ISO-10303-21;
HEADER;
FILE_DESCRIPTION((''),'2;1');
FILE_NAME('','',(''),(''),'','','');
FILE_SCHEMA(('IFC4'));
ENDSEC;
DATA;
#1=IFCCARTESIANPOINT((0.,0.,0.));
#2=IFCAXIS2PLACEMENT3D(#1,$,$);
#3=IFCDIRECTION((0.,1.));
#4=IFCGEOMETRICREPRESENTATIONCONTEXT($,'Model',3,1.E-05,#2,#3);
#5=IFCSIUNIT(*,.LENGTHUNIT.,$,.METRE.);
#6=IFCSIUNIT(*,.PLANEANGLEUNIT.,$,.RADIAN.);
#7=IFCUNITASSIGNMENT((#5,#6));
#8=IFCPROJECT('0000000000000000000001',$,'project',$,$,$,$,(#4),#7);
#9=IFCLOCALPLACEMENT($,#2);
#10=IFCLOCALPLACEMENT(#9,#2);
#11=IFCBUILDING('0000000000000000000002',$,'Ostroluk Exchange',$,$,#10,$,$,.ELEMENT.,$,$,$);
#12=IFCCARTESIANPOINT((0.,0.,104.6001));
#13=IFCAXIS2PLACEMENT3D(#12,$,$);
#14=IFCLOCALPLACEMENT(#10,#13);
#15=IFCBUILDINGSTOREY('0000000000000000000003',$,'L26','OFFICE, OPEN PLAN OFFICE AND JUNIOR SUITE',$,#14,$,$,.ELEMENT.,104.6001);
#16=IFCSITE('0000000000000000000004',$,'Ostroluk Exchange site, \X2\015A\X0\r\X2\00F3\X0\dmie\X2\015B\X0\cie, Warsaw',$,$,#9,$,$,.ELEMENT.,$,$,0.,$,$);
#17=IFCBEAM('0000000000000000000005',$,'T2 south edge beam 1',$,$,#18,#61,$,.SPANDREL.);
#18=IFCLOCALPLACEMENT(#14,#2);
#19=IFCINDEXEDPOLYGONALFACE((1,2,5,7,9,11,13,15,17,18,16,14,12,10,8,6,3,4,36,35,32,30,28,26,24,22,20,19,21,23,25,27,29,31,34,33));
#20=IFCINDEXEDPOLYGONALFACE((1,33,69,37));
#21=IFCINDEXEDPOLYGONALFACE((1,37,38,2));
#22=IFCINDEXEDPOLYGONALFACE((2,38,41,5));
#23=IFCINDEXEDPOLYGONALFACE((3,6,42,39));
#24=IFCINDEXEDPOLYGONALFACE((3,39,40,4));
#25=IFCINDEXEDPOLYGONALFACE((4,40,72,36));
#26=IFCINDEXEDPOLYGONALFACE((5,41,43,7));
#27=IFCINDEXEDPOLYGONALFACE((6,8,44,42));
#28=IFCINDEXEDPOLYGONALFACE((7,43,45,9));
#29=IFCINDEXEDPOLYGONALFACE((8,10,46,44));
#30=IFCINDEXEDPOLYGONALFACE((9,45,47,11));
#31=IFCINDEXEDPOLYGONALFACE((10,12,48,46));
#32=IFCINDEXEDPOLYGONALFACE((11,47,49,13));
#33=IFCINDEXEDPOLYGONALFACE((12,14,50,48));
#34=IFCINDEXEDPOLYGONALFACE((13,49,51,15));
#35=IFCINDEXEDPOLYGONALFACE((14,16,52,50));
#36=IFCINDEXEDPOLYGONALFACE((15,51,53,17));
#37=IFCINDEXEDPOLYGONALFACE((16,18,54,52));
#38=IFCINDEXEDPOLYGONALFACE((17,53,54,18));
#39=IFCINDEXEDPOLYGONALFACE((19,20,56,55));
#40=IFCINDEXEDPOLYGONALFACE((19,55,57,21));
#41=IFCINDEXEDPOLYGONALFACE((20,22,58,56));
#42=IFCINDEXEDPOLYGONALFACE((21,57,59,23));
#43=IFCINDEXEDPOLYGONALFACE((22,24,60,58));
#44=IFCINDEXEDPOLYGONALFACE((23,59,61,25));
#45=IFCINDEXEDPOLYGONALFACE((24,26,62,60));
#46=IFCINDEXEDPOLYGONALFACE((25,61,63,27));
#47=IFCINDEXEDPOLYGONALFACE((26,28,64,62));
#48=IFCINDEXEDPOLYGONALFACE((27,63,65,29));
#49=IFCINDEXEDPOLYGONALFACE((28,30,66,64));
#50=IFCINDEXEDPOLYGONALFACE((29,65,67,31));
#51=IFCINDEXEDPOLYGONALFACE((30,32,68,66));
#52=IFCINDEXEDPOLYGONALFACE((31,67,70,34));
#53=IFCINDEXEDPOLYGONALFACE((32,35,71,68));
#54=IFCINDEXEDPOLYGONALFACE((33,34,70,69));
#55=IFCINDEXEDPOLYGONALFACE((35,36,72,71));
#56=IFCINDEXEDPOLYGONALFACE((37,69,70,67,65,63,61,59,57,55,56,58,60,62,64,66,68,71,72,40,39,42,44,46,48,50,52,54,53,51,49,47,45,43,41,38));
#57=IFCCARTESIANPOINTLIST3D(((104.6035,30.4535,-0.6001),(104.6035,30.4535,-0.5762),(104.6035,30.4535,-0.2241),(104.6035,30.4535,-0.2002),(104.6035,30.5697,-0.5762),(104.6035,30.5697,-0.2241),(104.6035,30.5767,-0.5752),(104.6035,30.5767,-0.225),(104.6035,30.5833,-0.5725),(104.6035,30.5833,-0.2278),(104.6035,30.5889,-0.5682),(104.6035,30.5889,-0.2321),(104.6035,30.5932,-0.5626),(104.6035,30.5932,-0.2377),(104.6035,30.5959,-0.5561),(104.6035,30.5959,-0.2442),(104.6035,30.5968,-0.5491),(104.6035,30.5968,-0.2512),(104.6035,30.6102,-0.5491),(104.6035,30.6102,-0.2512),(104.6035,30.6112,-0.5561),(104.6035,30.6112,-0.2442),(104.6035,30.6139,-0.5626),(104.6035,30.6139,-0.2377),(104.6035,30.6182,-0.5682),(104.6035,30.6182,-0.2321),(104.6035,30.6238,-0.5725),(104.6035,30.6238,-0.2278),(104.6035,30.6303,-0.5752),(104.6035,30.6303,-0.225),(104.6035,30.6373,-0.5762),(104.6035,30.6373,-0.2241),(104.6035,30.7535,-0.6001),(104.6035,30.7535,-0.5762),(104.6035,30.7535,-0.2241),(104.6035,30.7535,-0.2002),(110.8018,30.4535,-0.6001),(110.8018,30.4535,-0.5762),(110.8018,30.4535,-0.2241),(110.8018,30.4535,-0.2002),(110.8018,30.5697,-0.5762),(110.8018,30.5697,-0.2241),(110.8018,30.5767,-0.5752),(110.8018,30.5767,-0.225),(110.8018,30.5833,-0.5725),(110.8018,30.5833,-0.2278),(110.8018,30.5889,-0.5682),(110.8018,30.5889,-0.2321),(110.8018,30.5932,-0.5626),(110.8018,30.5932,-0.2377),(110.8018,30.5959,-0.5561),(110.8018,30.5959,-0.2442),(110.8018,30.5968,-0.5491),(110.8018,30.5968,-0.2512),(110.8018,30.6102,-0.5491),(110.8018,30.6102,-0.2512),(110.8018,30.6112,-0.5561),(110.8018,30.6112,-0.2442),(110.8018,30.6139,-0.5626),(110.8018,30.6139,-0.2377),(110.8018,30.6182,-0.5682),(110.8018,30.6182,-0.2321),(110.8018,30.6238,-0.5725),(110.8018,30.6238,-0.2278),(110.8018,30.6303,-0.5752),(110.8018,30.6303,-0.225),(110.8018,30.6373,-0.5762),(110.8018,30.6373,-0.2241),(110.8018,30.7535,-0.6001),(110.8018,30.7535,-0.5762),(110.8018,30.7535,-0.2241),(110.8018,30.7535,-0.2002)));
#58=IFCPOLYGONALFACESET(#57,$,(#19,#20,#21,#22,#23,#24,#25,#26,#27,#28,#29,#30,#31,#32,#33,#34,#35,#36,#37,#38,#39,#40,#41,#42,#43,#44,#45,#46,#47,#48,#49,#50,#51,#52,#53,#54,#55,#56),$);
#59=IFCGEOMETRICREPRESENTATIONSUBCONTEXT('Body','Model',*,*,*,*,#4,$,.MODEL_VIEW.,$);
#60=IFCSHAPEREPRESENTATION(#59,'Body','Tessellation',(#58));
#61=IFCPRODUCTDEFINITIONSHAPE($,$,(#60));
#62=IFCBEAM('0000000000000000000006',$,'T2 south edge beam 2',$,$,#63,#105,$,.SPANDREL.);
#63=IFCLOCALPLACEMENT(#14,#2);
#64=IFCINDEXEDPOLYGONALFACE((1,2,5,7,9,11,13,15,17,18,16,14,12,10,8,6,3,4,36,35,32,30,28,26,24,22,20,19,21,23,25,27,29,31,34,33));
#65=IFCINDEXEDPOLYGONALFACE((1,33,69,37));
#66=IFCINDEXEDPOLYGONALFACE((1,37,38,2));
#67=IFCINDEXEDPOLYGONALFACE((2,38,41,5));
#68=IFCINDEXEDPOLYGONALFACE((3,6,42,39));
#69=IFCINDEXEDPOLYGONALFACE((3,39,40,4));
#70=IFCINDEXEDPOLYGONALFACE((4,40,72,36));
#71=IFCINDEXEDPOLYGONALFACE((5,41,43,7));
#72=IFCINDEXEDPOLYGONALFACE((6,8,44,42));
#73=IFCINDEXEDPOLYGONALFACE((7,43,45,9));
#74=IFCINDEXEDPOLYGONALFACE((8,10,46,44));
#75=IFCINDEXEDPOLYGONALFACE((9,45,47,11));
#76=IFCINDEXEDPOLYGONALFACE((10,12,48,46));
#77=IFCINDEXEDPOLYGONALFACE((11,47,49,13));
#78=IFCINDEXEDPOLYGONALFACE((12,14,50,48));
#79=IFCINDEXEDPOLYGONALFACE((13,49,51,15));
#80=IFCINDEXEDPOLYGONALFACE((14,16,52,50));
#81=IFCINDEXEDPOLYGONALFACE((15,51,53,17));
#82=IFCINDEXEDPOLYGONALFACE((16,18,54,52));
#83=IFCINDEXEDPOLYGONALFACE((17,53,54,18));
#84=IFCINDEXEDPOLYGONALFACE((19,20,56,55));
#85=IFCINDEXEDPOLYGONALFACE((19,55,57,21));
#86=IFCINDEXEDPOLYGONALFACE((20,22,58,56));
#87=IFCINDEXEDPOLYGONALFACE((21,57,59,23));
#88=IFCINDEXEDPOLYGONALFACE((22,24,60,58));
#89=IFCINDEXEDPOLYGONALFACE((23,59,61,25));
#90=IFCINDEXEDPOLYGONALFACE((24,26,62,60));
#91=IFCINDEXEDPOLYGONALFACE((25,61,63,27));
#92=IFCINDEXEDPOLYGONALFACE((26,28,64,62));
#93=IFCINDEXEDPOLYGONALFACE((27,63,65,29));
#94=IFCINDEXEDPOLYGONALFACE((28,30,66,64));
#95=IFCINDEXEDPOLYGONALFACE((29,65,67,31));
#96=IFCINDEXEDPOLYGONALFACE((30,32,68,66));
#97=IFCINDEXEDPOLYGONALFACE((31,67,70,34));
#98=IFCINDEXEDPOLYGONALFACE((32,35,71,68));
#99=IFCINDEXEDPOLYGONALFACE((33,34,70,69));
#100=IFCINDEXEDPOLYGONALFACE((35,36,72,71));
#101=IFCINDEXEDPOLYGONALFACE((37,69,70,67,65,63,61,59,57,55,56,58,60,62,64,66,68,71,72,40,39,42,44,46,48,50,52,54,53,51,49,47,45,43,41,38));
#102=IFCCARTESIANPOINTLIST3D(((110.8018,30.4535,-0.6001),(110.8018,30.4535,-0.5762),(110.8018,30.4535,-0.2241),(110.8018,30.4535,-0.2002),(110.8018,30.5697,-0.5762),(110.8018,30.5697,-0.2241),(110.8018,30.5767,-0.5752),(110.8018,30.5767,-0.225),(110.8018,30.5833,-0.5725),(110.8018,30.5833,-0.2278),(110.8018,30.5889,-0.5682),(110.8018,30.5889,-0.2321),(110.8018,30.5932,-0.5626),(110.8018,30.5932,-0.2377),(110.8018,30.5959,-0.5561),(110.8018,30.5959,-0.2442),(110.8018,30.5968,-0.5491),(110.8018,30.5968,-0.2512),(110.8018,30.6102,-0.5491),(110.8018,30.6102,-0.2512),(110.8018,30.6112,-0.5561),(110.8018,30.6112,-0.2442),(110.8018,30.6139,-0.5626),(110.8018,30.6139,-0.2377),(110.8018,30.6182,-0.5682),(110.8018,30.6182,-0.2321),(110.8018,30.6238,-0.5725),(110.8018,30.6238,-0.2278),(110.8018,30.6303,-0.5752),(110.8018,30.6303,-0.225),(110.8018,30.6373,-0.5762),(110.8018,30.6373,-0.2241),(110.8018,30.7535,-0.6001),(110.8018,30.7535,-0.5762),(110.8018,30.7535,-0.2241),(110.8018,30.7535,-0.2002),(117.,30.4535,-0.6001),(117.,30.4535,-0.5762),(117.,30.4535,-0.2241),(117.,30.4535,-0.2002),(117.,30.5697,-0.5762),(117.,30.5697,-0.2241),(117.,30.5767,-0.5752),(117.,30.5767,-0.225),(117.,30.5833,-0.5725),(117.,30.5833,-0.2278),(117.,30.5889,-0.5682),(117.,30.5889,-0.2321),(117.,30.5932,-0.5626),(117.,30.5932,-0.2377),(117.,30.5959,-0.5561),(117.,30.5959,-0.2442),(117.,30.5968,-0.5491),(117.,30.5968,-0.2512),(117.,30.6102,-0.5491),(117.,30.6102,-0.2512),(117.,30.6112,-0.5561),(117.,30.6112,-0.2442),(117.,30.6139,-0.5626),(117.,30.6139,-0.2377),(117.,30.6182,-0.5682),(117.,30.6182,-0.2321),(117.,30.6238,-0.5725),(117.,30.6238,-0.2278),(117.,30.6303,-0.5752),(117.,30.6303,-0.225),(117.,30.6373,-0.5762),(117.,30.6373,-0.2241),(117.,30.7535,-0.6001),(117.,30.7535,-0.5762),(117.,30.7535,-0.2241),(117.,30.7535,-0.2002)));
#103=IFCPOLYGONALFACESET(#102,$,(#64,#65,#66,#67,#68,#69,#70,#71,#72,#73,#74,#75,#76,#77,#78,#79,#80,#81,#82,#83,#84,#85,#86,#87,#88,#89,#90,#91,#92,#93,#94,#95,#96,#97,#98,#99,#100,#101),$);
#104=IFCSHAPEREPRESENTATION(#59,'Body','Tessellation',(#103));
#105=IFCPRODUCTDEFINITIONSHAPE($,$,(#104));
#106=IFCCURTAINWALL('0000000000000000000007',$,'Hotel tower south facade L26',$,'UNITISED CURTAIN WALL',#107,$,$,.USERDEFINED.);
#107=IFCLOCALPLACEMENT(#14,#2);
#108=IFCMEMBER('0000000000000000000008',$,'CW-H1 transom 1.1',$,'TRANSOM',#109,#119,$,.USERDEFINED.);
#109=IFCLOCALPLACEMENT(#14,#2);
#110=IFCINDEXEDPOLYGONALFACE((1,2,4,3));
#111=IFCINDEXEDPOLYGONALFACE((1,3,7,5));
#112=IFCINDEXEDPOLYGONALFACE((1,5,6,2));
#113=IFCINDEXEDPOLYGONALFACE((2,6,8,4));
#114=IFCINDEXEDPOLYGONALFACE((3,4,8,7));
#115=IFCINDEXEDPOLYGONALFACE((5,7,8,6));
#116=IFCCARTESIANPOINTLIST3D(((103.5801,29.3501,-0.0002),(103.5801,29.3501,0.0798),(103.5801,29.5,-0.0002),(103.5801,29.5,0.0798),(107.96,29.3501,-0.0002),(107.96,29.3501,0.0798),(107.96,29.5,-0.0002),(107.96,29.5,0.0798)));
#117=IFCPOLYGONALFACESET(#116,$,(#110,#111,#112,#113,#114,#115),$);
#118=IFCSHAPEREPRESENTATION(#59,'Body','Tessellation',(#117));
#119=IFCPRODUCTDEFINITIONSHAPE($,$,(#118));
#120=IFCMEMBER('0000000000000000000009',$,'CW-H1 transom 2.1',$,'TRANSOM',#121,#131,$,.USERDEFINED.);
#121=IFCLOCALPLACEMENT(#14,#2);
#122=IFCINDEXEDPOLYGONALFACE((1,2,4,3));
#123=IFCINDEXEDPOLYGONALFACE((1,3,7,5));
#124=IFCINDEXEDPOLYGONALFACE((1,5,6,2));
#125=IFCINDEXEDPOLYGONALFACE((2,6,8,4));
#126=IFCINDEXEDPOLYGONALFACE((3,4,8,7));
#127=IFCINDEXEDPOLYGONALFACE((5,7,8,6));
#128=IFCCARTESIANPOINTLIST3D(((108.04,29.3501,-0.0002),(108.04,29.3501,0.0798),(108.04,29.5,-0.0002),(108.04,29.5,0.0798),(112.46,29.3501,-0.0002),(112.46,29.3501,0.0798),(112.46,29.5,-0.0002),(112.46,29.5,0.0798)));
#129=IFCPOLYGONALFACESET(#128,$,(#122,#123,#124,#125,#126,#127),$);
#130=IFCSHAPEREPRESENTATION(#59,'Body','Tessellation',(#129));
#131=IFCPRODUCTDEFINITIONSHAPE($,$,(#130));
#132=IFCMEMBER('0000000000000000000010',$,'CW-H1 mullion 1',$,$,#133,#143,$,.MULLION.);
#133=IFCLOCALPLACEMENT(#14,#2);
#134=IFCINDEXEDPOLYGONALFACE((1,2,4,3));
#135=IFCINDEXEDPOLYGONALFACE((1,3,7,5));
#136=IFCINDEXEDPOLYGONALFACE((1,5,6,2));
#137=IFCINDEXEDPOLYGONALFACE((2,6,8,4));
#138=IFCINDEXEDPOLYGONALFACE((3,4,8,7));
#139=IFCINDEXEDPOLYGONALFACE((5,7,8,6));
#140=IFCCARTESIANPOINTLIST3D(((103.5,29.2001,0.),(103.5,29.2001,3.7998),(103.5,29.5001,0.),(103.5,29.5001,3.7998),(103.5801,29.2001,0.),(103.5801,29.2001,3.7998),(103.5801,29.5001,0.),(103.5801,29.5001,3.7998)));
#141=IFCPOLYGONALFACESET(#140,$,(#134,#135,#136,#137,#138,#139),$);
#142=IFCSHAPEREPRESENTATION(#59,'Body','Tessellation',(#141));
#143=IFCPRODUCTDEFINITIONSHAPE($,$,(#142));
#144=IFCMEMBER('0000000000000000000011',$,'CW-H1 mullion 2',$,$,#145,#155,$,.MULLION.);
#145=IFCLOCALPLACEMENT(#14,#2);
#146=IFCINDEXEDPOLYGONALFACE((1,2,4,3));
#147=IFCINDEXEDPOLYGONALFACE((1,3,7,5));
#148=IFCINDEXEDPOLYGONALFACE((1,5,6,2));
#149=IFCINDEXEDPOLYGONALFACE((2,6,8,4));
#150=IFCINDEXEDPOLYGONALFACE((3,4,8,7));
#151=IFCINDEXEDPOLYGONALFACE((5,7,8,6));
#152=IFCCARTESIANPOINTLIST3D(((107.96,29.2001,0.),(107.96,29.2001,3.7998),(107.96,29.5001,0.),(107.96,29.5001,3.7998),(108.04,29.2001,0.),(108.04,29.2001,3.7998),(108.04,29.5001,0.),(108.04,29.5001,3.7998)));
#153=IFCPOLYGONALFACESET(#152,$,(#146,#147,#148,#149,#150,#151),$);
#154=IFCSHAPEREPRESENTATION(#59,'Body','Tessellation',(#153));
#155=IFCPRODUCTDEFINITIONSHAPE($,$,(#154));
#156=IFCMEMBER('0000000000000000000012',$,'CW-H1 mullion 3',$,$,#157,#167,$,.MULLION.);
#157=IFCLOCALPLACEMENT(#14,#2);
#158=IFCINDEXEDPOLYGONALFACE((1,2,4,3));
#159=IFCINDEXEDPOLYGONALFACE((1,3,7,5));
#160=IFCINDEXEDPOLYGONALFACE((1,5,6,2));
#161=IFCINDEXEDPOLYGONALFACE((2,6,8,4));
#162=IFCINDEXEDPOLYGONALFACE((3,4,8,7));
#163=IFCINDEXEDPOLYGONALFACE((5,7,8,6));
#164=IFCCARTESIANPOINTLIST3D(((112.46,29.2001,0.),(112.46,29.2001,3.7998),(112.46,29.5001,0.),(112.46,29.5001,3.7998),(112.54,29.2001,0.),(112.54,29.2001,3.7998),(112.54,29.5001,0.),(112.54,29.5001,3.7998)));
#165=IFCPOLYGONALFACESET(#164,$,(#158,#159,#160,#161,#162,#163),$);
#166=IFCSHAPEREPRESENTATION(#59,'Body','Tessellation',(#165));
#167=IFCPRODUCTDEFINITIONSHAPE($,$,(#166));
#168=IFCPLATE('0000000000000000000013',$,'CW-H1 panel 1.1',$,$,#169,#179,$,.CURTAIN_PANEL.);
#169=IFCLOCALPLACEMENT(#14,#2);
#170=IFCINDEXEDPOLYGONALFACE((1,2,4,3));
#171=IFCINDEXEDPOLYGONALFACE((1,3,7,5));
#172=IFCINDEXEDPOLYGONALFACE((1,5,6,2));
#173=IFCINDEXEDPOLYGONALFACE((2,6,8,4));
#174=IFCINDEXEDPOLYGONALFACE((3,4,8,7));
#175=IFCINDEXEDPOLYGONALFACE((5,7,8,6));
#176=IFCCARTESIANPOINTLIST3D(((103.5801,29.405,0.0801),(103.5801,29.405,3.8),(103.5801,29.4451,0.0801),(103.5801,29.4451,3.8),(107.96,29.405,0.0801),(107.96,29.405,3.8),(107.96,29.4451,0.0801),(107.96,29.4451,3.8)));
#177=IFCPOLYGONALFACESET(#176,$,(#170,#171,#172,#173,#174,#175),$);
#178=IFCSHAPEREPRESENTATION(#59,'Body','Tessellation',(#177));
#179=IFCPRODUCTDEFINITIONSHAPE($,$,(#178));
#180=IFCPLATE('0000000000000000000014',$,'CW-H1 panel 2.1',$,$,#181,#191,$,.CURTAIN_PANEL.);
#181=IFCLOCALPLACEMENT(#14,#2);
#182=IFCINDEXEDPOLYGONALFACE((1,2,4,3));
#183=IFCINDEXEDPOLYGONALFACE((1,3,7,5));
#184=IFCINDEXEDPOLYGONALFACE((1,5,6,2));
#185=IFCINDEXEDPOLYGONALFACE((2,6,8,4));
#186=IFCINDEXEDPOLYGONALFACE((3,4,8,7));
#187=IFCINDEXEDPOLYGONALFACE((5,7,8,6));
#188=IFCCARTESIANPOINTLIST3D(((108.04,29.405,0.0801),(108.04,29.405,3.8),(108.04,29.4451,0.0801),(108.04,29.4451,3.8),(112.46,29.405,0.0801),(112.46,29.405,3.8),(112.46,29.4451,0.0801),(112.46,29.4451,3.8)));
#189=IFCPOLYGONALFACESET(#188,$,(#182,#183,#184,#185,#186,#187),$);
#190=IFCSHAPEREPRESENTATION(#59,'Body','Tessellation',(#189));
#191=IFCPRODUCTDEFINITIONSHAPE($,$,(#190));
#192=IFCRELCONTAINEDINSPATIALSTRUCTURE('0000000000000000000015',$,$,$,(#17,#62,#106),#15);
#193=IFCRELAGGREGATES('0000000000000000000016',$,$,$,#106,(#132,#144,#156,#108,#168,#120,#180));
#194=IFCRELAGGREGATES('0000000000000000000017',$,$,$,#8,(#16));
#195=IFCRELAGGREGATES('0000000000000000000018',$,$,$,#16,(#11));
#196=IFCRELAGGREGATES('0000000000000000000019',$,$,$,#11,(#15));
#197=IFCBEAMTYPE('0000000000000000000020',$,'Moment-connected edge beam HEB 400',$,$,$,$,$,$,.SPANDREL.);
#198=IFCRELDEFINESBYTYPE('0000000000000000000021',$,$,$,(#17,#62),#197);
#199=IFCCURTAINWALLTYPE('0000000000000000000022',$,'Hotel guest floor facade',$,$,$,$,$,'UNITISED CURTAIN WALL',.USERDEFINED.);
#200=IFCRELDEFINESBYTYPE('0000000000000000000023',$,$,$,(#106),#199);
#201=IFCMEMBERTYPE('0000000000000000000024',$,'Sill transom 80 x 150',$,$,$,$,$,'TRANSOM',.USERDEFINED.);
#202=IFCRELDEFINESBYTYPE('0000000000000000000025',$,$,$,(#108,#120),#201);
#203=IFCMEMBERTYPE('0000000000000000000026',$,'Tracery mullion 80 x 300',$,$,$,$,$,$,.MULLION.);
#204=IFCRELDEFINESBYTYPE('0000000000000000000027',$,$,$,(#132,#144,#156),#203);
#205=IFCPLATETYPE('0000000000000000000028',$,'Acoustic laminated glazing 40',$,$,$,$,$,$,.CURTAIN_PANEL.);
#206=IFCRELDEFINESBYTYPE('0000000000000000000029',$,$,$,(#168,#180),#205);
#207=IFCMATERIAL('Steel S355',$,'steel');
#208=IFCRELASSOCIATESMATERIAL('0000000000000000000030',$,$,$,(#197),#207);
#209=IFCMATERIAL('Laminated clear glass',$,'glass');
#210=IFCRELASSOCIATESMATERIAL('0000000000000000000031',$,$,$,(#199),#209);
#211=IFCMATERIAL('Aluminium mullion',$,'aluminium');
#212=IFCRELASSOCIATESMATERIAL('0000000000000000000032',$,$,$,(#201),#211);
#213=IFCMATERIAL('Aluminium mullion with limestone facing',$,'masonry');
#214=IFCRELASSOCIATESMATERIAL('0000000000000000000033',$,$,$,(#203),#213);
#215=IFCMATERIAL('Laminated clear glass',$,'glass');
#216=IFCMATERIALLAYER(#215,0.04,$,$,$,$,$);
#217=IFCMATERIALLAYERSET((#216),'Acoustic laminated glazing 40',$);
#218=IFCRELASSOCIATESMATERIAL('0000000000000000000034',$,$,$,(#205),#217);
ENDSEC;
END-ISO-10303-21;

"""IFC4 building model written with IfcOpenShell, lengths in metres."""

from ifc_helpers import new_model, si_unit, direction, frame, origin, origin_2d, place, context, subcontext, project, spatial, rectangle, i_section, extrude, material, layer, layer_set, material_profile, profile_set, type_object, element, aggregate, save


model = new_model("IFC4")

# Units and contexts
model_context = context("Model", 3, precision=1e-05, world=origin(), true_north=direction((0.0, 1.0)))
body_context = subcontext(model_context, "Body", "Model", "MODEL_VIEW")
ifc_project = project(units=[si_unit("LENGTHUNIT", "METRE"), si_unit("PLANEANGLEUNIT", "RADIAN")], contexts=[model_context])

# Site, building, storey
site_placement = place(None, origin())
site = spatial("IfcSite", under=ifc_project, at=site_placement, Name="Ostroluk Exchange site, Śródmieście, Warsaw", CompositionType="ELEMENT", RefElevation=0.0)
building_placement = place(site_placement, origin())
building = spatial("IfcBuilding", under=site, at=building_placement, Name="Ostroluk Exchange", CompositionType="ELEMENT")
storey_placement = place(building_placement, frame((0.0, 0.0, 104.6001)))
storey = spatial("IfcBuildingStorey", under=building, at=storey_placement, Name="L26", Description="OFFICE, OPEN PLAN OFFICE AND JUNIOR SUITE", CompositionType="ELEMENT", Elevation=104.6001)

# Beams
ifc_material_1 = material(Name="Steel S355", Category="steel")
ifc_material_profile_1 = material_profile(ifc_material_1, i_section(OverallWidth=0.3, OverallDepth=0.3999, WebThickness=0.0134, FlangeThickness=0.0239, FilletRadius=0.0271, at=origin_2d()), Name="HEB 400")
ifc_profile_set_1 = profile_set([ifc_material_profile_1], Name="Steel S355")
beam_type_1 = type_object("IfcBeamType", Name="Moment-connected edge beam HEB 400", PredefinedType="SPANDREL", material=ifc_profile_set_1)
for number, where, z_axis, x_axis, name in (
    (1, (104.6035, 30.6035, -0.4001), (1.0, 0.0, 0.0), (0.0, 1.0, 0.0), "T2 south edge beam 1"),
    (2, (110.8018, 30.6035, -0.4001), (1.0, 0.0, 0.0), (0.0, 1.0, 0.0), "T2 south edge beam 2"),
):
    element("IfcBeam", number, at=place(storey_placement, frame(where, z_axis=z_axis, x_axis=x_axis)), inside=storey, type_object=beam_type_1, Name=name, PredefinedType="SPANDREL", context=body_context, shape_type="SweptSolid", body=[
        extrude(i_section(OverallWidth=0.3, OverallDepth=0.3999, WebThickness=0.0134, FlangeThickness=0.0239, FilletRadius=0.0271, at=origin_2d()), origin(), (0.0, 0.0, 1.0), 6.1982),
    ])

# Curtain wall, members, plates
ifc_material_2 = material(Name="Laminated clear glass", Category="glass")
curtain_wall_type = type_object("IfcCurtainWallType", Name="Hotel guest floor facade", ElementType="UNITISED CURTAIN WALL", PredefinedType="USERDEFINED", material=ifc_material_2)
curtain_wall_placement = place(storey_placement, origin())
curtain_wall = element("IfcCurtainWall", 3, at=curtain_wall_placement, inside=storey, type_object=curtain_wall_type, Name="Hotel tower south facade L26", ObjectType="UNITISED CURTAIN WALL", PredefinedType="USERDEFINED")
ifc_material_3 = material(Name="Aluminium mullion", Category="aluminium")
ifc_material_profile_2 = material_profile(ifc_material_3, rectangle(XDim=0.1499, YDim=0.0801, at=origin_2d()), Name="Sill transom 80 x 150")
ifc_profile_set_2 = profile_set([ifc_material_profile_2], Name="Aluminium mullion")
member_type_1 = type_object("IfcMemberType", Name="Sill transom 80 x 150", ElementType="TRANSOM", PredefinedType="USERDEFINED", material=ifc_profile_set_2)
member_1_placement = place(storey_placement, frame((103.5801, 29.425, 0.0398), z_axis=(1.0, 0.0, 0.0), x_axis=(0.0, 1.0, 0.0)))
member_1 = element("IfcMember", 4, at=member_1_placement, type_object=member_type_1, Name="CW-H1 transom 1.1", ObjectType="TRANSOM", PredefinedType="USERDEFINED", context=body_context, shape_type="SweptSolid", body=[
    extrude(rectangle(XDim=0.1499, YDim=0.0801, at=origin_2d()), origin(), (0.0, 0.0, 1.0), 4.3799),
])
member_2_placement = place(storey_placement, frame((108.04, 29.425, 0.0398), z_axis=(1.0, 0.0, 0.0), x_axis=(0.0, 1.0, 0.0)))
member_2 = element("IfcMember", 5, at=member_2_placement, type_object=member_type_1, Name="CW-H1 transom 2.1", ObjectType="TRANSOM", PredefinedType="USERDEFINED", context=body_context, shape_type="SweptSolid", body=[
    extrude(rectangle(XDim=0.1499, YDim=0.0801, at=origin_2d()), origin(), (0.0, 0.0, 1.0), 4.4199),
])
ifc_material_4 = material(Name="Aluminium mullion with limestone facing", Category="masonry")
ifc_material_profile_3 = material_profile(ifc_material_4, rectangle(XDim=0.3, YDim=0.0801, at=origin_2d()), Name="Tracery mullion 80 x 300")
ifc_profile_set_3 = profile_set([ifc_material_profile_3], Name="Aluminium mullion with limestone facing")
member_type_2 = type_object("IfcMemberType", Name="Tracery mullion 80 x 300", PredefinedType="MULLION", material=ifc_profile_set_3)
member_3_placement = place(storey_placement, frame((103.54, 29.3501, 0.0), z_axis=(0.0, 0.0, 1.0), x_axis=(0.0, 1.0, 0.0)))
member_3 = element("IfcMember", 6, at=member_3_placement, type_object=member_type_2, Name="CW-H1 mullion 1", PredefinedType="MULLION", context=body_context, shape_type="SweptSolid", body=[
    extrude(rectangle(XDim=0.3, YDim=0.0801, at=origin_2d()), origin(), (0.0, 0.0, 1.0), 3.7998),
])
member_4_placement = place(storey_placement, frame((108.0, 29.3501, 0.0), z_axis=(0.0, 0.0, 1.0), x_axis=(0.0, 1.0, 0.0)))
member_4 = element("IfcMember", 7, at=member_4_placement, type_object=member_type_2, Name="CW-H1 mullion 2", PredefinedType="MULLION", context=body_context, shape_type="SweptSolid", body=[
    extrude(rectangle(XDim=0.3, YDim=0.0801, at=origin_2d()), origin(), (0.0, 0.0, 1.0), 3.7998),
])
member_5_placement = place(storey_placement, frame((112.5, 29.3501, 0.0), z_axis=(0.0, 0.0, 1.0), x_axis=(0.0, 1.0, 0.0)))
member_5 = element("IfcMember", 8, at=member_5_placement, type_object=member_type_2, Name="CW-H1 mullion 3", PredefinedType="MULLION", context=body_context, shape_type="SweptSolid", body=[
    extrude(rectangle(XDim=0.3, YDim=0.0801, at=origin_2d()), origin(), (0.0, 0.0, 1.0), 3.7998),
])
ifc_material_5 = material(Name="Laminated clear glass", Category="glass")
ifc_layer_1 = layer(ifc_material_5, 0.04)
ifc_layer_set_1 = layer_set([ifc_layer_1], Name="Acoustic laminated glazing 40")
plate_type = type_object("IfcPlateType", Name="Acoustic laminated glazing 40", PredefinedType="CURTAIN_PANEL", material=ifc_layer_set_1)
plate_1_placement = place(storey_placement, frame((105.77, 29.425, 0.0801), z_axis=(0.0, 0.0, 1.0), x_axis=(1.0, 0.0, 0.0)))
plate_1 = element("IfcPlate", 9, at=plate_1_placement, type_object=plate_type, Name="CW-H1 panel 1.1", PredefinedType="CURTAIN_PANEL", context=body_context, shape_type="SweptSolid", body=[
    extrude(rectangle(XDim=4.3799, YDim=0.04, at=origin_2d()), origin(), (0.0, 0.0, 1.0), 3.72),
])
plate_2_placement = place(storey_placement, frame((110.25, 29.425, 0.0801), z_axis=(0.0, 0.0, 1.0), x_axis=(1.0, 0.0, 0.0)))
plate_2 = element("IfcPlate", 10, at=plate_2_placement, type_object=plate_type, Name="CW-H1 panel 2.1", PredefinedType="CURTAIN_PANEL", context=body_context, shape_type="SweptSolid", body=[
    extrude(rectangle(XDim=4.4199, YDim=0.04, at=origin_2d()), origin(), (0.0, 0.0, 1.0), 3.72),
])
aggregate(curtain_wall, [member_3, member_4, member_5, member_1, plate_1, member_2, plate_2])

save(model, "model.ifc")
